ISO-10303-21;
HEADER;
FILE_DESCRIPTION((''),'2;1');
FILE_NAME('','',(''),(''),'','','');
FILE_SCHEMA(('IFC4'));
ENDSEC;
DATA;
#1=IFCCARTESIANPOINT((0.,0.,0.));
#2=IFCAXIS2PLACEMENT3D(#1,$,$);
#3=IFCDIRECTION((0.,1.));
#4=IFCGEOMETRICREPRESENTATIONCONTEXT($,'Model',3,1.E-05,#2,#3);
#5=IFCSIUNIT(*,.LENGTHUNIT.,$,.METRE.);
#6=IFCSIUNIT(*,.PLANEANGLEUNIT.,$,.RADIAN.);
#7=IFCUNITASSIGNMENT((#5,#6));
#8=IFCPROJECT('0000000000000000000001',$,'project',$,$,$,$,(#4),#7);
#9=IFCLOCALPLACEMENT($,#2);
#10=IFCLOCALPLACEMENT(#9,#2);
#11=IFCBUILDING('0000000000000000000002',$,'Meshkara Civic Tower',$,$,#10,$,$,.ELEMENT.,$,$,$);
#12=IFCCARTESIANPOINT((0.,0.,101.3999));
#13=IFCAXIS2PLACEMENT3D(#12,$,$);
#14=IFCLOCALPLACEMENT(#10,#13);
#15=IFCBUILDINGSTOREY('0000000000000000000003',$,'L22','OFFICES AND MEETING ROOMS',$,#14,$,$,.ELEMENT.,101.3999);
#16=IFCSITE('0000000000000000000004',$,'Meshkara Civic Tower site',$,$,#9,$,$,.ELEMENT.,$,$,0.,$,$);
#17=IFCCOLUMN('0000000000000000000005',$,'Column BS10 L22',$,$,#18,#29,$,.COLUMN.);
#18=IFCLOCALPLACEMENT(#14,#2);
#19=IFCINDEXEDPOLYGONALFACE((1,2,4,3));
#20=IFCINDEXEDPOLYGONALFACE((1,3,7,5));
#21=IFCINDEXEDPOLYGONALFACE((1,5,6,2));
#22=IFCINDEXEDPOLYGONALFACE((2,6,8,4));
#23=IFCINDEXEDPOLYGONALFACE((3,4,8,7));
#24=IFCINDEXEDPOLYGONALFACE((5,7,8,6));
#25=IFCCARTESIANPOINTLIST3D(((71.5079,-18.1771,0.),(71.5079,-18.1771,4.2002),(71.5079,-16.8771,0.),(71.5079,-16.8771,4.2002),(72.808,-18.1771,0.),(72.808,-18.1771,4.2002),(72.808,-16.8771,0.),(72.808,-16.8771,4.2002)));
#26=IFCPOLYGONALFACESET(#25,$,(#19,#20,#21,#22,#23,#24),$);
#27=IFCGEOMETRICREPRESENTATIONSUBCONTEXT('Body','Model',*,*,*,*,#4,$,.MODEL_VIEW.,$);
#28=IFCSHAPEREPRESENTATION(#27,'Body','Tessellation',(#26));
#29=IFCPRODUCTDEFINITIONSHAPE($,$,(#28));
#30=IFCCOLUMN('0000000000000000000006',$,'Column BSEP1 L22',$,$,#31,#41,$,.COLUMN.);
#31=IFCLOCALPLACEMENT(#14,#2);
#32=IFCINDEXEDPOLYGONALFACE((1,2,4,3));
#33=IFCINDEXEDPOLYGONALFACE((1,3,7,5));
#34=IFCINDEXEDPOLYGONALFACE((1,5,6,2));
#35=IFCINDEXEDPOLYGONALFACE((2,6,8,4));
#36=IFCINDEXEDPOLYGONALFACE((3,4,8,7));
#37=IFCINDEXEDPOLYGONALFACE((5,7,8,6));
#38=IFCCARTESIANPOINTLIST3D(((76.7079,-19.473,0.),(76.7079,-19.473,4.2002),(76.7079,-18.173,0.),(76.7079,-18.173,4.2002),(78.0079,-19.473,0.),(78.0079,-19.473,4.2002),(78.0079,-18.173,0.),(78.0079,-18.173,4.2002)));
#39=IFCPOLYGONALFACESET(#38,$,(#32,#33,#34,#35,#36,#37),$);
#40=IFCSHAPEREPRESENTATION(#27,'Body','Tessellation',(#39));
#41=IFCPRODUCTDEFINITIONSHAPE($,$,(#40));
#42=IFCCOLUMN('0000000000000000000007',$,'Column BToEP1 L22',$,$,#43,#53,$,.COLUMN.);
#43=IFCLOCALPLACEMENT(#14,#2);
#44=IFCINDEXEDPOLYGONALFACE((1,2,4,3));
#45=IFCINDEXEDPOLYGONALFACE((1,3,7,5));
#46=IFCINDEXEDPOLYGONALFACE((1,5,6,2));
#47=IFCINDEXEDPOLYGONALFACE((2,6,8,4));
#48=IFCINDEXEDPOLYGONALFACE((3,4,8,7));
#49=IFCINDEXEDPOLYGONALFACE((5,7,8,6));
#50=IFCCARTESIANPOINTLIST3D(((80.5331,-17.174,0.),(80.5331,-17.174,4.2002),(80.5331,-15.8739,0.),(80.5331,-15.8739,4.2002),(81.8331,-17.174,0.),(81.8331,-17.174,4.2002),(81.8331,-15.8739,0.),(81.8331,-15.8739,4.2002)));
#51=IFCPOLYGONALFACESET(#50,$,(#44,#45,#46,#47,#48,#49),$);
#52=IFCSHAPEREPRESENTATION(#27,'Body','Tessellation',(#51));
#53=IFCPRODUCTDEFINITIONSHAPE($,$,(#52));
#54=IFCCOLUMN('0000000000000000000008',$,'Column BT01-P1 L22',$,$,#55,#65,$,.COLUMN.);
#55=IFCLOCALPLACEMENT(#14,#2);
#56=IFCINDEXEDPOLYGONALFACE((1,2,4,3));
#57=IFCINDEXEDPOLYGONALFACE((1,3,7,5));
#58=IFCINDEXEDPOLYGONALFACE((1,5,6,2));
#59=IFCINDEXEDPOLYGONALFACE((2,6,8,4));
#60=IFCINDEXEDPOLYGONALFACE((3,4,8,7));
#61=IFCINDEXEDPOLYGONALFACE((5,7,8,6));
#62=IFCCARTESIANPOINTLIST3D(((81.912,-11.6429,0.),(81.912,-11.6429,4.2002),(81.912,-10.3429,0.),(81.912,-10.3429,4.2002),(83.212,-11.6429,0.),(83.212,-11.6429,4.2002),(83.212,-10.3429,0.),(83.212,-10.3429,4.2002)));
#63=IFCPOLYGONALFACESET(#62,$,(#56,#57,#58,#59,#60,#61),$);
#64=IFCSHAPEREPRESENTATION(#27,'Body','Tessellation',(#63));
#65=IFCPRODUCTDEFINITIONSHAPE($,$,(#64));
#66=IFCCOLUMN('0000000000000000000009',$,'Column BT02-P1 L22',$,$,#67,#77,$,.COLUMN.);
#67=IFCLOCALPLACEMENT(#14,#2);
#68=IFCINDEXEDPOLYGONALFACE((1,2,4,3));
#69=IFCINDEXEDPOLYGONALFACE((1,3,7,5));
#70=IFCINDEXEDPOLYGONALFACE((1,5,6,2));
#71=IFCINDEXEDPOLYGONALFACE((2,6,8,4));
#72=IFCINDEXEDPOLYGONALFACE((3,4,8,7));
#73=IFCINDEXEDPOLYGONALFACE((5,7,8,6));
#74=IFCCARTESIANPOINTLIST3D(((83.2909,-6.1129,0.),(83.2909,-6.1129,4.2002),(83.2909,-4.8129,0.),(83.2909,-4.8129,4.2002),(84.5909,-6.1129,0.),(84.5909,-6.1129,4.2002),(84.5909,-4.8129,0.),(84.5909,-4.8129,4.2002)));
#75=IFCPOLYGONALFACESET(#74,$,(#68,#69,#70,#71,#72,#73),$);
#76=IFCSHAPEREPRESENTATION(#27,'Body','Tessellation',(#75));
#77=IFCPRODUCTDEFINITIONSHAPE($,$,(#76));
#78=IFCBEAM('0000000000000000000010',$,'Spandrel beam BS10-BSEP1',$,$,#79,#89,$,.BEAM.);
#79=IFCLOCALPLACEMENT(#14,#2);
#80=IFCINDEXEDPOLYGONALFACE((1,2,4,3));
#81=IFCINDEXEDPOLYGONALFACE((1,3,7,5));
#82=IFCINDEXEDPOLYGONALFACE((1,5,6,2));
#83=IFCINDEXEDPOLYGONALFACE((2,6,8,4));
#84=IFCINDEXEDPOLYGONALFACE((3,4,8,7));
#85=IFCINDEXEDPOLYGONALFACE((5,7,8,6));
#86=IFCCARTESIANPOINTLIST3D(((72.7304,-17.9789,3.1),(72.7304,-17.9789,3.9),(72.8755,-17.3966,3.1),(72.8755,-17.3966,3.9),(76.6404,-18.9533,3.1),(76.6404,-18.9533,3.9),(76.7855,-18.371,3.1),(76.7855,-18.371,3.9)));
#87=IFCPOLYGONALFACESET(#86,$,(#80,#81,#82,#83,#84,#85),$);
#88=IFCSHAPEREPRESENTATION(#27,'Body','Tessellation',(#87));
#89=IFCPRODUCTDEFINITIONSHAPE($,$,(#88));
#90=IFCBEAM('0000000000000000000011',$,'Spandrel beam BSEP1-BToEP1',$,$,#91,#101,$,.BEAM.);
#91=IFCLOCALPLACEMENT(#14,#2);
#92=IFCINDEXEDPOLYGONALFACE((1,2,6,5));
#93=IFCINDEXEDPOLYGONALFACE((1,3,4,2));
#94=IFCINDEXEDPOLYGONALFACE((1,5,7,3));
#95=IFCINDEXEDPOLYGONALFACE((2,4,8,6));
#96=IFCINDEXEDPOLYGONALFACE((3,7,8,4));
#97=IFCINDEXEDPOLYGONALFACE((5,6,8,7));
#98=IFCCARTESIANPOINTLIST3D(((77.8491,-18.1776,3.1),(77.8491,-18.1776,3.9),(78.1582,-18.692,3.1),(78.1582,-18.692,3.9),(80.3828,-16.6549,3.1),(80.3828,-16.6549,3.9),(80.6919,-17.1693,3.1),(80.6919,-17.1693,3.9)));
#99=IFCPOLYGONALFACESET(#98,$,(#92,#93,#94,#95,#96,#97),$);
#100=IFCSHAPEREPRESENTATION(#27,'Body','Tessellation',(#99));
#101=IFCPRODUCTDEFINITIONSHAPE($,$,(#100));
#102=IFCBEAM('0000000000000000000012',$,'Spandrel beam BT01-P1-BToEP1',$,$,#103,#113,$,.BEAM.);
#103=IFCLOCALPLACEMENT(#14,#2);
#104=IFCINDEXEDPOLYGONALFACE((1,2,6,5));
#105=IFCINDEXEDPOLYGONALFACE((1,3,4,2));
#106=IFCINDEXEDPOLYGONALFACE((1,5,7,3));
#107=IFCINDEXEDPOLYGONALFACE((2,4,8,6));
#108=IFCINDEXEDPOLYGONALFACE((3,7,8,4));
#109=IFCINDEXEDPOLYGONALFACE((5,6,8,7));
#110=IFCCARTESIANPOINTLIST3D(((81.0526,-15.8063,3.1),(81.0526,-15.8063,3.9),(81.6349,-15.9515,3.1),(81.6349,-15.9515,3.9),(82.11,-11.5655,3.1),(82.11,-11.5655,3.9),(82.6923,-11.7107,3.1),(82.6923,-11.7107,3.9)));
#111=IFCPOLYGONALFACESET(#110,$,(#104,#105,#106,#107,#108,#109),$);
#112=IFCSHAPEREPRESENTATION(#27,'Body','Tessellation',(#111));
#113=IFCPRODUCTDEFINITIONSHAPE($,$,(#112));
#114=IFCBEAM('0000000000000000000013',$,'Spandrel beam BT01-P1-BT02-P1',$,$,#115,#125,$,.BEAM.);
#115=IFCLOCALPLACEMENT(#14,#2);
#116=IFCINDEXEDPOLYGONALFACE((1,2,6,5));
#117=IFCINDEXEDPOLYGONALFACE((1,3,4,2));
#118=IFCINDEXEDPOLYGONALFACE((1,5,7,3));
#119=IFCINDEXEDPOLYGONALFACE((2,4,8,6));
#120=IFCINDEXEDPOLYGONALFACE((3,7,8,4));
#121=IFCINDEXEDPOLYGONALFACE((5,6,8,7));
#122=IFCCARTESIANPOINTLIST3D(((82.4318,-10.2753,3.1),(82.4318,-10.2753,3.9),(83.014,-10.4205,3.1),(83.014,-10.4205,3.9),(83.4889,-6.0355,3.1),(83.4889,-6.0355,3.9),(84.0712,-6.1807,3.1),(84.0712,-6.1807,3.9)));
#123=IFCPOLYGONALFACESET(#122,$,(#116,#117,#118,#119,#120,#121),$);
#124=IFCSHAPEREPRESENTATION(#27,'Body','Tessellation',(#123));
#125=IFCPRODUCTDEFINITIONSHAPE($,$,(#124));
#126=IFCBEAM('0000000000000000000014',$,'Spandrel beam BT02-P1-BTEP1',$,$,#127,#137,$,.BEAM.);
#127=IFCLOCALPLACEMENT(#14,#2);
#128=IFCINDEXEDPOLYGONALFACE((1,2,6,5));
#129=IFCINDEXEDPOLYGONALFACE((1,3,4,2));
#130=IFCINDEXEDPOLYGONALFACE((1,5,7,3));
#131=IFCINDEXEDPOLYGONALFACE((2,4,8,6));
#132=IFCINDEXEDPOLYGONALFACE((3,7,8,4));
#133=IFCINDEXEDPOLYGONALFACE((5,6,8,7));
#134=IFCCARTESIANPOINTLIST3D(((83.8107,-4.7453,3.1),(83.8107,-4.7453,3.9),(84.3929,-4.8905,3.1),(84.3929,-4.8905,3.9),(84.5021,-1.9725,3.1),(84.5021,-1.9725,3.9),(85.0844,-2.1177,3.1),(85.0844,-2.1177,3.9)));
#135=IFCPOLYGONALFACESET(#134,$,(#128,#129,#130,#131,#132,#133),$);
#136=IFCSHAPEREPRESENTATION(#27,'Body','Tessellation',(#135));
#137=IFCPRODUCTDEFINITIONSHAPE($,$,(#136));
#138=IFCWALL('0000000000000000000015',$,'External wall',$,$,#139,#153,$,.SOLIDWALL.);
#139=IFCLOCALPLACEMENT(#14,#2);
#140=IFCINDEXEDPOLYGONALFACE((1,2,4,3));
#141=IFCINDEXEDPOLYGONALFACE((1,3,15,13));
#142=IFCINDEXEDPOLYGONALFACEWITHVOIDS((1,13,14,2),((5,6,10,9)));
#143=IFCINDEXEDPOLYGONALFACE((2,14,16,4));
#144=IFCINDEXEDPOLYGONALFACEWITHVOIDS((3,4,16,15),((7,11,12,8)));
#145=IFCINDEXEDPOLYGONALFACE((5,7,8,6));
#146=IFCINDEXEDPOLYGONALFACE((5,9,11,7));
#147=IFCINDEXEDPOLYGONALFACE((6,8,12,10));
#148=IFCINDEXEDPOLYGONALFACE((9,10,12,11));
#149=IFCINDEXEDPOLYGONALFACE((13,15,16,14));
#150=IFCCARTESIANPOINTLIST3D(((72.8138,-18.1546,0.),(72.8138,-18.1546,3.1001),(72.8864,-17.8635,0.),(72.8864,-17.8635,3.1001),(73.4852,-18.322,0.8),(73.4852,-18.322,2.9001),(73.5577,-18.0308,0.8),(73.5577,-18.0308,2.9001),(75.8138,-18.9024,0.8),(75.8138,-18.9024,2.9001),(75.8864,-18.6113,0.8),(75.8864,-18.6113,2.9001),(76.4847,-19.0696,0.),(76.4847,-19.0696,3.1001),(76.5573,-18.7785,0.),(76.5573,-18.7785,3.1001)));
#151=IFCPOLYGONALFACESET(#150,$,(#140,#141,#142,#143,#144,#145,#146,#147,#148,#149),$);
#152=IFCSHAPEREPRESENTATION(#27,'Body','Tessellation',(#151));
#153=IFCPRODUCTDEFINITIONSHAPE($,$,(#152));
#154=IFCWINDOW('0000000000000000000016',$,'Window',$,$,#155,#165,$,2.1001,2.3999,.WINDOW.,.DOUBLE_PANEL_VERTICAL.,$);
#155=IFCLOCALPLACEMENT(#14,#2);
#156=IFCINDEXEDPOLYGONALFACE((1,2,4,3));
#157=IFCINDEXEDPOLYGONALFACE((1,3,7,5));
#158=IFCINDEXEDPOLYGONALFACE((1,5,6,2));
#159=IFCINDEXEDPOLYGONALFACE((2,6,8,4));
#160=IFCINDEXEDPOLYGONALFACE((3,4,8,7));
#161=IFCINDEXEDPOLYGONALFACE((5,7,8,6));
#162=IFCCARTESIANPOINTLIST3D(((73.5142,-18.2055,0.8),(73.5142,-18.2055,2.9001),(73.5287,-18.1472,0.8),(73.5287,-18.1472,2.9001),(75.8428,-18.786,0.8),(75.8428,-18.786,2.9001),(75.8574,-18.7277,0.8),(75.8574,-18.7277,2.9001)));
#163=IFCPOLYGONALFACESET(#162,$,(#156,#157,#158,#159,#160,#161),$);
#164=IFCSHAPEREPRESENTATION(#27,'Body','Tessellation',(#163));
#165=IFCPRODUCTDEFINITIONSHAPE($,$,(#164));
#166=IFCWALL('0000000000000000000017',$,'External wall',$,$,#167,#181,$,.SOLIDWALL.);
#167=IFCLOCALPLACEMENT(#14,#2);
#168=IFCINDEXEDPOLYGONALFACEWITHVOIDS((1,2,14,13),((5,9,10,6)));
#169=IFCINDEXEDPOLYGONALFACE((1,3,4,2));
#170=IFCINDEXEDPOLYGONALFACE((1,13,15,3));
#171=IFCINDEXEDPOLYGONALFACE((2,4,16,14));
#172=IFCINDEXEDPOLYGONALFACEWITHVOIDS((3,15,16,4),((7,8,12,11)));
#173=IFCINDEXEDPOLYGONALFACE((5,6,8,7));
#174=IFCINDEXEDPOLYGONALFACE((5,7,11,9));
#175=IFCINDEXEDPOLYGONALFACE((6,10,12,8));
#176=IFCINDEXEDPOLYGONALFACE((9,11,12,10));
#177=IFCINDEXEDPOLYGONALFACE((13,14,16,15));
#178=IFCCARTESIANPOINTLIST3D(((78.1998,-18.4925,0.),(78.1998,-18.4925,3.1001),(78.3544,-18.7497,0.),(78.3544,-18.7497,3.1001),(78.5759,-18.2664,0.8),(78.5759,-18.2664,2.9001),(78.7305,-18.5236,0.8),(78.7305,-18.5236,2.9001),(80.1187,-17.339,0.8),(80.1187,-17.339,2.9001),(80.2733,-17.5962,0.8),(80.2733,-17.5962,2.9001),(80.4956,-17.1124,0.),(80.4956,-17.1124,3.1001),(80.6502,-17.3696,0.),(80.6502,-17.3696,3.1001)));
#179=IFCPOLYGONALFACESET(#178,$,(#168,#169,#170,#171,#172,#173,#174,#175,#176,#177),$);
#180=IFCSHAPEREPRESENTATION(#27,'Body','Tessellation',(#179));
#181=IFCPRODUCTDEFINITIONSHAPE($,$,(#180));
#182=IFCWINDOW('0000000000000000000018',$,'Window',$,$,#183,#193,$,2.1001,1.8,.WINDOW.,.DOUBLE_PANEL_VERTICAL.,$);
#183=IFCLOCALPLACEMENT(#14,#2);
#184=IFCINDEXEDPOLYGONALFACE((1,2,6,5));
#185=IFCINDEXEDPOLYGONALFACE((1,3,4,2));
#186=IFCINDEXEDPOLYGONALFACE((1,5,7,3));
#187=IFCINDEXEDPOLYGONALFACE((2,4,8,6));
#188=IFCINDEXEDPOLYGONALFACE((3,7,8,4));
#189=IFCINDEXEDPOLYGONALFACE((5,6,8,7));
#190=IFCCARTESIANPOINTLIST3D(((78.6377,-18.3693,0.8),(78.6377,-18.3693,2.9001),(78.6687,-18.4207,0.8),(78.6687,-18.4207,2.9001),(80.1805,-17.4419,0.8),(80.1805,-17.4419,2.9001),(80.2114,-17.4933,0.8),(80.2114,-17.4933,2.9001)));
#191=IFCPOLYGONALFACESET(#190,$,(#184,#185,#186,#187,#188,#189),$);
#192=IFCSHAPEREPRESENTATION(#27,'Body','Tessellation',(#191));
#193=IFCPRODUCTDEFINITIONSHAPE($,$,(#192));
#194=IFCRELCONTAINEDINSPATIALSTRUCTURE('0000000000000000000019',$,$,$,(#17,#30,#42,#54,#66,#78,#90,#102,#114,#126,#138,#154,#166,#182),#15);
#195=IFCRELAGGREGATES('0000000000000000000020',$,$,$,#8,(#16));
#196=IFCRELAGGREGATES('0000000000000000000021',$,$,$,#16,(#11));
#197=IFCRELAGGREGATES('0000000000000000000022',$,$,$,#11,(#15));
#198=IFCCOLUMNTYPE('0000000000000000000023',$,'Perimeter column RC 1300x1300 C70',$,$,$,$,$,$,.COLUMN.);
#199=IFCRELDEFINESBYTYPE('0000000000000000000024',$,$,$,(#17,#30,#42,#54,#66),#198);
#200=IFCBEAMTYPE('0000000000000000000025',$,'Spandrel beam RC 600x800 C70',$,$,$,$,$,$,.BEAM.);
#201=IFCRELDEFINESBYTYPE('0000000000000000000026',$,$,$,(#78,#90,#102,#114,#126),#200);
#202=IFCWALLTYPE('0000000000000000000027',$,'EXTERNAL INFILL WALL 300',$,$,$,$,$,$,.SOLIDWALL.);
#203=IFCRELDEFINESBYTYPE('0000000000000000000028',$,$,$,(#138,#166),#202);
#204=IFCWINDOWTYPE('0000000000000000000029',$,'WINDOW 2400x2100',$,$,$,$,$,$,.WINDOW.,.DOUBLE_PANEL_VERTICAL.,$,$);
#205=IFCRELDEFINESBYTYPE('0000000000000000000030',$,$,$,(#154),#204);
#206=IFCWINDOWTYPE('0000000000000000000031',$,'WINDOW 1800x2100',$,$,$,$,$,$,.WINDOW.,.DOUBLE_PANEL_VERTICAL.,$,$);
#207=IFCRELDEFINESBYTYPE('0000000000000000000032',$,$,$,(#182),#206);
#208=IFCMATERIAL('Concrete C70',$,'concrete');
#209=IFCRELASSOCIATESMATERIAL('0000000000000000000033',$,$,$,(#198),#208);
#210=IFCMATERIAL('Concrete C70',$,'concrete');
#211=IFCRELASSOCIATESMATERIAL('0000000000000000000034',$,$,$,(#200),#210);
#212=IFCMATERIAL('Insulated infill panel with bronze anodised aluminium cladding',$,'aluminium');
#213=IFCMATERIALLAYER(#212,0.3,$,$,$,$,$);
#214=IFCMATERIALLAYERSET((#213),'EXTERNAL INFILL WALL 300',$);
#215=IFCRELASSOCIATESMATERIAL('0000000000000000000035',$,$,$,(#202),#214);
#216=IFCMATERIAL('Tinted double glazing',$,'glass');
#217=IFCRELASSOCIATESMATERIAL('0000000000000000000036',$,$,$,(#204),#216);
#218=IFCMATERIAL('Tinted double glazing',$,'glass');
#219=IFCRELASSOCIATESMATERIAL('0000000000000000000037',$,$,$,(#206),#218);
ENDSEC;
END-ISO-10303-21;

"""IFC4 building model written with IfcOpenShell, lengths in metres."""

from ifc_helpers import new_model, si_unit, direction, frame, frame_2d, origin, origin_2d, place, context, subcontext, project, spatial, rectangle, extrude, material, layer, layer_set, material_profile, profile_set, type_object, element, fill, save


model = new_model("IFC4")

# Units and contexts
model_context = context("Model", 3, precision=1e-05, world=origin(), true_north=direction((0.0, 1.0)))
body_context = subcontext(model_context, "Body", "Model", "MODEL_VIEW")
ifc_project = project(units=[si_unit("LENGTHUNIT", "METRE"), si_unit("PLANEANGLEUNIT", "RADIAN")], contexts=[model_context])

# Site, building, storey
site_placement = place(None, origin())
site = spatial("IfcSite", under=ifc_project, at=site_placement, Name="Meshkara Civic Tower site", CompositionType="ELEMENT", RefElevation=0.0)
building_placement = place(site_placement, origin())
building = spatial("IfcBuilding", under=site, at=building_placement, Name="Meshkara Civic Tower", CompositionType="ELEMENT")
storey_placement = place(building_placement, frame((0.0, 0.0, 101.3999)))
storey = spatial("IfcBuildingStorey", under=building, at=storey_placement, Name="L22", Description="OFFICES AND MEETING ROOMS", CompositionType="ELEMENT", Elevation=101.3999)

# Columns
ifc_material_1 = material(Name="Concrete C70", Category="concrete")
ifc_material_profile_1 = material_profile(ifc_material_1, rectangle(XDim=1.3, YDim=1.3, at=origin_2d()))
ifc_profile_set_1 = profile_set([ifc_material_profile_1], Name="Concrete C70")
column_type = type_object("IfcColumnType", Name="Perimeter column RC 1300x1300 C70", PredefinedType="COLUMN", material=ifc_profile_set_1)
for number, where, z_axis, x_axis, name in (
    (1, (72.158, -17.5271, 0.0), (0.0, 0.0, 1.0), (1.0, 0.0, 0.0), "Column BS10 L22"),
    (2, (77.3579, -18.823, 0.0), (0.0, 0.0, 1.0), (1.0, 0.0, 0.0), "Column BSEP1 L22"),
    (3, (81.1831, -16.5239, 0.0), (0.0, 0.0, 1.0), (1.0, 0.0, 0.0), "Column BToEP1 L22"),
    (4, (82.562, -10.9929, 0.0), (0.0, 0.0, 1.0), (1.0, 0.0, 0.0), "Column BT01-P1 L22"),
    (5, (83.9409, -5.4629, 0.0), (0.0, 0.0, 1.0), (1.0, 0.0, 0.0), "Column BT02-P1 L22"),
):
    element("IfcColumn", number, at=place(storey_placement, frame(where, z_axis=z_axis, x_axis=x_axis)), inside=storey, type_object=column_type, Name=name, PredefinedType="COLUMN", context=body_context, shape_type="SweptSolid", body=[
        extrude(rectangle(XDim=1.3, YDim=1.3, at=origin_2d()), origin(), (0.0, 0.0, 1.0), 4.2002),
    ])

# Beams
ifc_material_2 = material(Name="Concrete C70", Category="concrete")
ifc_material_profile_2 = material_profile(ifc_material_2, rectangle(XDim=0.6001, YDim=0.8, at=origin_2d()))
ifc_profile_set_2 = profile_set([ifc_material_profile_2], Name="Concrete C70")
beam_type = type_object("IfcBeamType", Name="Spandrel beam RC 600x800 C70", PredefinedType="BEAM", material=ifc_profile_set_2)
beam_1_placement = place(storey_placement, frame((72.803, -17.6877, 3.5), z_axis=(0.970324, -0.241808, 0.0), x_axis=(0.241808, 0.970324, 0.0)))
element("IfcBeam", 6, at=beam_1_placement, inside=storey, type_object=beam_type, Name="Spandrel beam BS10-BSEP1", PredefinedType="BEAM", context=body_context, shape_type="SweptSolid", body=[
    extrude(rectangle(XDim=0.6001, YDim=0.8, at=origin_2d()), origin(), (0.0, 0.0, 1.0), 4.0295),
])
beam_2_placement = place(storey_placement, frame((78.0037, -18.4348, 3.5), z_axis=(0.857121, 0.515115, 0.0), x_axis=(-0.515115, 0.857121, 0.0)))
element("IfcBeam", 7, at=beam_2_placement, inside=storey, type_object=beam_type, Name="Spandrel beam BSEP1-BToEP1", PredefinedType="BEAM", context=body_context, shape_type="SweptSolid", body=[
    extrude(rectangle(XDim=0.6001, YDim=0.8, at=origin_2d()), origin(), (0.0, 0.0, 1.0), 2.9561),
])
beam_3_placement = place(storey_placement, frame((81.3438, -15.8789, 3.5), z_axis=(0.241931, 0.970293, 0.0), x_axis=(-0.970293, 0.241931, 0.0)))
element("IfcBeam", 8, at=beam_3_placement, inside=storey, type_object=beam_type, Name="Spandrel beam BT01-P1-BToEP1", PredefinedType="BEAM", context=body_context, shape_type="SweptSolid", body=[
    extrude(rectangle(XDim=0.6001, YDim=0.8, at=origin_2d()), origin(), (0.0, 0.0, 1.0), 4.3706),
])
beam_4_placement = place(storey_placement, frame((82.7229, -10.3479, 3.5), z_axis=(0.241931, 0.970293, 0.0), x_axis=(-0.970293, 0.241931, 0.0)))
element("IfcBeam", 9, at=beam_4_placement, inside=storey, type_object=beam_type, Name="Spandrel beam BT01-P1-BT02-P1", PredefinedType="BEAM", context=body_context, shape_type="SweptSolid", body=[
    extrude(rectangle(XDim=0.6001, YDim=0.8, at=origin_2d()), origin(), (0.0, 0.0, 1.0), 4.3696),
])
beam_5_placement = place(storey_placement, frame((84.1018, -4.8179, 3.5), z_axis=(0.241953, 0.970288, 0.0), x_axis=(-0.970288, 0.241953, 0.0)))
element("IfcBeam", 10, at=beam_5_placement, inside=storey, type_object=beam_type, Name="Spandrel beam BT02-P1-BTEP1", PredefinedType="BEAM", context=body_context, shape_type="SweptSolid", body=[
    extrude(rectangle(XDim=0.6001, YDim=0.8, at=origin_2d()), origin(), (0.0, 0.0, 1.0), 2.8577),
])

# Walls, openings, windows
ifc_material_3 = material(Name="Insulated infill panel with bronze anodised aluminium cladding", Category="aluminium")
ifc_layer_1 = layer(ifc_material_3, 0.3)
ifc_layer_set_1 = layer_set([ifc_layer_1], Name="EXTERNAL INFILL WALL 300")
wall_type_1 = type_object("IfcWallType", Name="EXTERNAL INFILL WALL 300", PredefinedType="SOLIDWALL", material=ifc_layer_set_1)
wall_1_placement = place(storey_placement, frame((72.8501, -18.009, 0.0), z_axis=(0.0, 0.0, 1.0), x_axis=(0.970309, -0.241867, 0.0)))
wall_1 = element("IfcWall", 11, at=wall_1_placement, inside=storey, type_object=wall_type_1, Name="External wall", PredefinedType="SOLIDWALL", context=body_context, shape_type="SweptSolid", body=[
    extrude(rectangle(XDim=3.7832, YDim=0.3, at=frame_2d((1.8916, 0.0))), origin(), (0.0, 0.0, 1.0), 3.1001),
])
opening_1_placement = place(wall_1_placement, frame((0.6919, 0.0, 0.8)))
opening_1 = element("IfcOpeningElement", 12, at=opening_1_placement, cuts=wall_1, PredefinedType="OPENING", context=body_context, shape_type="SweptSolid", body=[
    extrude(rectangle(XDim=2.3999, YDim=2.1001, at=frame_2d((1.2, 1.05))), frame((0.0, 0.1599, 0.0), z_axis=(0.0, -1.0, 0.0), x_axis=(1.0, 0.0, 0.0)), (0.0, 0.0, 1.0), 0.3201),
])
ifc_material_4 = material(Name="Tinted double glazing", Category="glass")
window_type_1 = type_object("IfcWindowType", Name="WINDOW 2400x2100", PartitioningType="DOUBLE_PANEL_VERTICAL", PredefinedType="WINDOW", material=ifc_material_4)
window_1_placement = place(opening_1_placement, origin())
window_1 = element("IfcWindow", 13, at=window_1_placement, inside=storey, type_object=window_type_1, Name="Window", OverallHeight=2.1001, OverallWidth=2.3999, PartitioningType="DOUBLE_PANEL_VERTICAL", PredefinedType="WINDOW", context=body_context, shape_type="SweptSolid", body=[
    extrude(rectangle(XDim=2.3999, YDim=2.1001, at=frame_2d((1.2, 1.05))), frame((0.0, 0.03, 0.0), z_axis=(0.0, -1.0, 0.0), x_axis=(1.0, 0.0, 0.0)), (0.0, 0.0, 1.0), 0.0601),
])
fill(opening_1, window_1)
wall_2_placement = place(storey_placement, frame((78.2771, -18.6211, 0.0), z_axis=(0.0, 0.0, 1.0), x_axis=(0.857066, 0.515206, 0.0)))
wall_2 = element("IfcWall", 14, at=wall_2_placement, inside=storey, type_object=wall_type_1, Name="External wall", PredefinedType="SOLIDWALL", context=body_context, shape_type="SweptSolid", body=[
    extrude(rectangle(XDim=2.6787, YDim=0.3, at=frame_2d((1.3394, 0.0))), origin(), (0.0, 0.0, 1.0), 3.1001),
])
opening_2_placement = place(wall_2_placement, frame((0.439, 0.0, 0.8)))
opening_2 = element("IfcOpeningElement", 15, at=opening_2_placement, cuts=wall_2, PredefinedType="OPENING", context=body_context, shape_type="SweptSolid", body=[
    extrude(rectangle(XDim=1.8, YDim=2.1001, at=frame_2d((0.8999, 1.05))), frame((0.0, 0.1599, 0.0), z_axis=(0.0, -1.0, 0.0), x_axis=(1.0, 0.0, 0.0)), (0.0, 0.0, 1.0), 0.3201),
])
ifc_material_5 = material(Name="Tinted double glazing", Category="glass")
window_type_2 = type_object("IfcWindowType", Name="WINDOW 1800x2100", PartitioningType="DOUBLE_PANEL_VERTICAL", PredefinedType="WINDOW", material=ifc_material_5)
window_2_placement = place(opening_2_placement, origin())
window_2 = element("IfcWindow", 16, at=window_2_placement, inside=storey, type_object=window_type_2, Name="Window", OverallHeight=2.1001, OverallWidth=1.8, PartitioningType="DOUBLE_PANEL_VERTICAL", PredefinedType="WINDOW", context=body_context, shape_type="SweptSolid", body=[
    extrude(rectangle(XDim=1.8, YDim=2.1001, at=frame_2d((0.8999, 1.05))), frame((0.0, 0.03, 0.0), z_axis=(0.0, -1.0, 0.0), x_axis=(1.0, 0.0, 0.0)), (0.0, 0.0, 1.0), 0.0601),
])
fill(opening_2, window_2)

save(model, "model.ifc")
